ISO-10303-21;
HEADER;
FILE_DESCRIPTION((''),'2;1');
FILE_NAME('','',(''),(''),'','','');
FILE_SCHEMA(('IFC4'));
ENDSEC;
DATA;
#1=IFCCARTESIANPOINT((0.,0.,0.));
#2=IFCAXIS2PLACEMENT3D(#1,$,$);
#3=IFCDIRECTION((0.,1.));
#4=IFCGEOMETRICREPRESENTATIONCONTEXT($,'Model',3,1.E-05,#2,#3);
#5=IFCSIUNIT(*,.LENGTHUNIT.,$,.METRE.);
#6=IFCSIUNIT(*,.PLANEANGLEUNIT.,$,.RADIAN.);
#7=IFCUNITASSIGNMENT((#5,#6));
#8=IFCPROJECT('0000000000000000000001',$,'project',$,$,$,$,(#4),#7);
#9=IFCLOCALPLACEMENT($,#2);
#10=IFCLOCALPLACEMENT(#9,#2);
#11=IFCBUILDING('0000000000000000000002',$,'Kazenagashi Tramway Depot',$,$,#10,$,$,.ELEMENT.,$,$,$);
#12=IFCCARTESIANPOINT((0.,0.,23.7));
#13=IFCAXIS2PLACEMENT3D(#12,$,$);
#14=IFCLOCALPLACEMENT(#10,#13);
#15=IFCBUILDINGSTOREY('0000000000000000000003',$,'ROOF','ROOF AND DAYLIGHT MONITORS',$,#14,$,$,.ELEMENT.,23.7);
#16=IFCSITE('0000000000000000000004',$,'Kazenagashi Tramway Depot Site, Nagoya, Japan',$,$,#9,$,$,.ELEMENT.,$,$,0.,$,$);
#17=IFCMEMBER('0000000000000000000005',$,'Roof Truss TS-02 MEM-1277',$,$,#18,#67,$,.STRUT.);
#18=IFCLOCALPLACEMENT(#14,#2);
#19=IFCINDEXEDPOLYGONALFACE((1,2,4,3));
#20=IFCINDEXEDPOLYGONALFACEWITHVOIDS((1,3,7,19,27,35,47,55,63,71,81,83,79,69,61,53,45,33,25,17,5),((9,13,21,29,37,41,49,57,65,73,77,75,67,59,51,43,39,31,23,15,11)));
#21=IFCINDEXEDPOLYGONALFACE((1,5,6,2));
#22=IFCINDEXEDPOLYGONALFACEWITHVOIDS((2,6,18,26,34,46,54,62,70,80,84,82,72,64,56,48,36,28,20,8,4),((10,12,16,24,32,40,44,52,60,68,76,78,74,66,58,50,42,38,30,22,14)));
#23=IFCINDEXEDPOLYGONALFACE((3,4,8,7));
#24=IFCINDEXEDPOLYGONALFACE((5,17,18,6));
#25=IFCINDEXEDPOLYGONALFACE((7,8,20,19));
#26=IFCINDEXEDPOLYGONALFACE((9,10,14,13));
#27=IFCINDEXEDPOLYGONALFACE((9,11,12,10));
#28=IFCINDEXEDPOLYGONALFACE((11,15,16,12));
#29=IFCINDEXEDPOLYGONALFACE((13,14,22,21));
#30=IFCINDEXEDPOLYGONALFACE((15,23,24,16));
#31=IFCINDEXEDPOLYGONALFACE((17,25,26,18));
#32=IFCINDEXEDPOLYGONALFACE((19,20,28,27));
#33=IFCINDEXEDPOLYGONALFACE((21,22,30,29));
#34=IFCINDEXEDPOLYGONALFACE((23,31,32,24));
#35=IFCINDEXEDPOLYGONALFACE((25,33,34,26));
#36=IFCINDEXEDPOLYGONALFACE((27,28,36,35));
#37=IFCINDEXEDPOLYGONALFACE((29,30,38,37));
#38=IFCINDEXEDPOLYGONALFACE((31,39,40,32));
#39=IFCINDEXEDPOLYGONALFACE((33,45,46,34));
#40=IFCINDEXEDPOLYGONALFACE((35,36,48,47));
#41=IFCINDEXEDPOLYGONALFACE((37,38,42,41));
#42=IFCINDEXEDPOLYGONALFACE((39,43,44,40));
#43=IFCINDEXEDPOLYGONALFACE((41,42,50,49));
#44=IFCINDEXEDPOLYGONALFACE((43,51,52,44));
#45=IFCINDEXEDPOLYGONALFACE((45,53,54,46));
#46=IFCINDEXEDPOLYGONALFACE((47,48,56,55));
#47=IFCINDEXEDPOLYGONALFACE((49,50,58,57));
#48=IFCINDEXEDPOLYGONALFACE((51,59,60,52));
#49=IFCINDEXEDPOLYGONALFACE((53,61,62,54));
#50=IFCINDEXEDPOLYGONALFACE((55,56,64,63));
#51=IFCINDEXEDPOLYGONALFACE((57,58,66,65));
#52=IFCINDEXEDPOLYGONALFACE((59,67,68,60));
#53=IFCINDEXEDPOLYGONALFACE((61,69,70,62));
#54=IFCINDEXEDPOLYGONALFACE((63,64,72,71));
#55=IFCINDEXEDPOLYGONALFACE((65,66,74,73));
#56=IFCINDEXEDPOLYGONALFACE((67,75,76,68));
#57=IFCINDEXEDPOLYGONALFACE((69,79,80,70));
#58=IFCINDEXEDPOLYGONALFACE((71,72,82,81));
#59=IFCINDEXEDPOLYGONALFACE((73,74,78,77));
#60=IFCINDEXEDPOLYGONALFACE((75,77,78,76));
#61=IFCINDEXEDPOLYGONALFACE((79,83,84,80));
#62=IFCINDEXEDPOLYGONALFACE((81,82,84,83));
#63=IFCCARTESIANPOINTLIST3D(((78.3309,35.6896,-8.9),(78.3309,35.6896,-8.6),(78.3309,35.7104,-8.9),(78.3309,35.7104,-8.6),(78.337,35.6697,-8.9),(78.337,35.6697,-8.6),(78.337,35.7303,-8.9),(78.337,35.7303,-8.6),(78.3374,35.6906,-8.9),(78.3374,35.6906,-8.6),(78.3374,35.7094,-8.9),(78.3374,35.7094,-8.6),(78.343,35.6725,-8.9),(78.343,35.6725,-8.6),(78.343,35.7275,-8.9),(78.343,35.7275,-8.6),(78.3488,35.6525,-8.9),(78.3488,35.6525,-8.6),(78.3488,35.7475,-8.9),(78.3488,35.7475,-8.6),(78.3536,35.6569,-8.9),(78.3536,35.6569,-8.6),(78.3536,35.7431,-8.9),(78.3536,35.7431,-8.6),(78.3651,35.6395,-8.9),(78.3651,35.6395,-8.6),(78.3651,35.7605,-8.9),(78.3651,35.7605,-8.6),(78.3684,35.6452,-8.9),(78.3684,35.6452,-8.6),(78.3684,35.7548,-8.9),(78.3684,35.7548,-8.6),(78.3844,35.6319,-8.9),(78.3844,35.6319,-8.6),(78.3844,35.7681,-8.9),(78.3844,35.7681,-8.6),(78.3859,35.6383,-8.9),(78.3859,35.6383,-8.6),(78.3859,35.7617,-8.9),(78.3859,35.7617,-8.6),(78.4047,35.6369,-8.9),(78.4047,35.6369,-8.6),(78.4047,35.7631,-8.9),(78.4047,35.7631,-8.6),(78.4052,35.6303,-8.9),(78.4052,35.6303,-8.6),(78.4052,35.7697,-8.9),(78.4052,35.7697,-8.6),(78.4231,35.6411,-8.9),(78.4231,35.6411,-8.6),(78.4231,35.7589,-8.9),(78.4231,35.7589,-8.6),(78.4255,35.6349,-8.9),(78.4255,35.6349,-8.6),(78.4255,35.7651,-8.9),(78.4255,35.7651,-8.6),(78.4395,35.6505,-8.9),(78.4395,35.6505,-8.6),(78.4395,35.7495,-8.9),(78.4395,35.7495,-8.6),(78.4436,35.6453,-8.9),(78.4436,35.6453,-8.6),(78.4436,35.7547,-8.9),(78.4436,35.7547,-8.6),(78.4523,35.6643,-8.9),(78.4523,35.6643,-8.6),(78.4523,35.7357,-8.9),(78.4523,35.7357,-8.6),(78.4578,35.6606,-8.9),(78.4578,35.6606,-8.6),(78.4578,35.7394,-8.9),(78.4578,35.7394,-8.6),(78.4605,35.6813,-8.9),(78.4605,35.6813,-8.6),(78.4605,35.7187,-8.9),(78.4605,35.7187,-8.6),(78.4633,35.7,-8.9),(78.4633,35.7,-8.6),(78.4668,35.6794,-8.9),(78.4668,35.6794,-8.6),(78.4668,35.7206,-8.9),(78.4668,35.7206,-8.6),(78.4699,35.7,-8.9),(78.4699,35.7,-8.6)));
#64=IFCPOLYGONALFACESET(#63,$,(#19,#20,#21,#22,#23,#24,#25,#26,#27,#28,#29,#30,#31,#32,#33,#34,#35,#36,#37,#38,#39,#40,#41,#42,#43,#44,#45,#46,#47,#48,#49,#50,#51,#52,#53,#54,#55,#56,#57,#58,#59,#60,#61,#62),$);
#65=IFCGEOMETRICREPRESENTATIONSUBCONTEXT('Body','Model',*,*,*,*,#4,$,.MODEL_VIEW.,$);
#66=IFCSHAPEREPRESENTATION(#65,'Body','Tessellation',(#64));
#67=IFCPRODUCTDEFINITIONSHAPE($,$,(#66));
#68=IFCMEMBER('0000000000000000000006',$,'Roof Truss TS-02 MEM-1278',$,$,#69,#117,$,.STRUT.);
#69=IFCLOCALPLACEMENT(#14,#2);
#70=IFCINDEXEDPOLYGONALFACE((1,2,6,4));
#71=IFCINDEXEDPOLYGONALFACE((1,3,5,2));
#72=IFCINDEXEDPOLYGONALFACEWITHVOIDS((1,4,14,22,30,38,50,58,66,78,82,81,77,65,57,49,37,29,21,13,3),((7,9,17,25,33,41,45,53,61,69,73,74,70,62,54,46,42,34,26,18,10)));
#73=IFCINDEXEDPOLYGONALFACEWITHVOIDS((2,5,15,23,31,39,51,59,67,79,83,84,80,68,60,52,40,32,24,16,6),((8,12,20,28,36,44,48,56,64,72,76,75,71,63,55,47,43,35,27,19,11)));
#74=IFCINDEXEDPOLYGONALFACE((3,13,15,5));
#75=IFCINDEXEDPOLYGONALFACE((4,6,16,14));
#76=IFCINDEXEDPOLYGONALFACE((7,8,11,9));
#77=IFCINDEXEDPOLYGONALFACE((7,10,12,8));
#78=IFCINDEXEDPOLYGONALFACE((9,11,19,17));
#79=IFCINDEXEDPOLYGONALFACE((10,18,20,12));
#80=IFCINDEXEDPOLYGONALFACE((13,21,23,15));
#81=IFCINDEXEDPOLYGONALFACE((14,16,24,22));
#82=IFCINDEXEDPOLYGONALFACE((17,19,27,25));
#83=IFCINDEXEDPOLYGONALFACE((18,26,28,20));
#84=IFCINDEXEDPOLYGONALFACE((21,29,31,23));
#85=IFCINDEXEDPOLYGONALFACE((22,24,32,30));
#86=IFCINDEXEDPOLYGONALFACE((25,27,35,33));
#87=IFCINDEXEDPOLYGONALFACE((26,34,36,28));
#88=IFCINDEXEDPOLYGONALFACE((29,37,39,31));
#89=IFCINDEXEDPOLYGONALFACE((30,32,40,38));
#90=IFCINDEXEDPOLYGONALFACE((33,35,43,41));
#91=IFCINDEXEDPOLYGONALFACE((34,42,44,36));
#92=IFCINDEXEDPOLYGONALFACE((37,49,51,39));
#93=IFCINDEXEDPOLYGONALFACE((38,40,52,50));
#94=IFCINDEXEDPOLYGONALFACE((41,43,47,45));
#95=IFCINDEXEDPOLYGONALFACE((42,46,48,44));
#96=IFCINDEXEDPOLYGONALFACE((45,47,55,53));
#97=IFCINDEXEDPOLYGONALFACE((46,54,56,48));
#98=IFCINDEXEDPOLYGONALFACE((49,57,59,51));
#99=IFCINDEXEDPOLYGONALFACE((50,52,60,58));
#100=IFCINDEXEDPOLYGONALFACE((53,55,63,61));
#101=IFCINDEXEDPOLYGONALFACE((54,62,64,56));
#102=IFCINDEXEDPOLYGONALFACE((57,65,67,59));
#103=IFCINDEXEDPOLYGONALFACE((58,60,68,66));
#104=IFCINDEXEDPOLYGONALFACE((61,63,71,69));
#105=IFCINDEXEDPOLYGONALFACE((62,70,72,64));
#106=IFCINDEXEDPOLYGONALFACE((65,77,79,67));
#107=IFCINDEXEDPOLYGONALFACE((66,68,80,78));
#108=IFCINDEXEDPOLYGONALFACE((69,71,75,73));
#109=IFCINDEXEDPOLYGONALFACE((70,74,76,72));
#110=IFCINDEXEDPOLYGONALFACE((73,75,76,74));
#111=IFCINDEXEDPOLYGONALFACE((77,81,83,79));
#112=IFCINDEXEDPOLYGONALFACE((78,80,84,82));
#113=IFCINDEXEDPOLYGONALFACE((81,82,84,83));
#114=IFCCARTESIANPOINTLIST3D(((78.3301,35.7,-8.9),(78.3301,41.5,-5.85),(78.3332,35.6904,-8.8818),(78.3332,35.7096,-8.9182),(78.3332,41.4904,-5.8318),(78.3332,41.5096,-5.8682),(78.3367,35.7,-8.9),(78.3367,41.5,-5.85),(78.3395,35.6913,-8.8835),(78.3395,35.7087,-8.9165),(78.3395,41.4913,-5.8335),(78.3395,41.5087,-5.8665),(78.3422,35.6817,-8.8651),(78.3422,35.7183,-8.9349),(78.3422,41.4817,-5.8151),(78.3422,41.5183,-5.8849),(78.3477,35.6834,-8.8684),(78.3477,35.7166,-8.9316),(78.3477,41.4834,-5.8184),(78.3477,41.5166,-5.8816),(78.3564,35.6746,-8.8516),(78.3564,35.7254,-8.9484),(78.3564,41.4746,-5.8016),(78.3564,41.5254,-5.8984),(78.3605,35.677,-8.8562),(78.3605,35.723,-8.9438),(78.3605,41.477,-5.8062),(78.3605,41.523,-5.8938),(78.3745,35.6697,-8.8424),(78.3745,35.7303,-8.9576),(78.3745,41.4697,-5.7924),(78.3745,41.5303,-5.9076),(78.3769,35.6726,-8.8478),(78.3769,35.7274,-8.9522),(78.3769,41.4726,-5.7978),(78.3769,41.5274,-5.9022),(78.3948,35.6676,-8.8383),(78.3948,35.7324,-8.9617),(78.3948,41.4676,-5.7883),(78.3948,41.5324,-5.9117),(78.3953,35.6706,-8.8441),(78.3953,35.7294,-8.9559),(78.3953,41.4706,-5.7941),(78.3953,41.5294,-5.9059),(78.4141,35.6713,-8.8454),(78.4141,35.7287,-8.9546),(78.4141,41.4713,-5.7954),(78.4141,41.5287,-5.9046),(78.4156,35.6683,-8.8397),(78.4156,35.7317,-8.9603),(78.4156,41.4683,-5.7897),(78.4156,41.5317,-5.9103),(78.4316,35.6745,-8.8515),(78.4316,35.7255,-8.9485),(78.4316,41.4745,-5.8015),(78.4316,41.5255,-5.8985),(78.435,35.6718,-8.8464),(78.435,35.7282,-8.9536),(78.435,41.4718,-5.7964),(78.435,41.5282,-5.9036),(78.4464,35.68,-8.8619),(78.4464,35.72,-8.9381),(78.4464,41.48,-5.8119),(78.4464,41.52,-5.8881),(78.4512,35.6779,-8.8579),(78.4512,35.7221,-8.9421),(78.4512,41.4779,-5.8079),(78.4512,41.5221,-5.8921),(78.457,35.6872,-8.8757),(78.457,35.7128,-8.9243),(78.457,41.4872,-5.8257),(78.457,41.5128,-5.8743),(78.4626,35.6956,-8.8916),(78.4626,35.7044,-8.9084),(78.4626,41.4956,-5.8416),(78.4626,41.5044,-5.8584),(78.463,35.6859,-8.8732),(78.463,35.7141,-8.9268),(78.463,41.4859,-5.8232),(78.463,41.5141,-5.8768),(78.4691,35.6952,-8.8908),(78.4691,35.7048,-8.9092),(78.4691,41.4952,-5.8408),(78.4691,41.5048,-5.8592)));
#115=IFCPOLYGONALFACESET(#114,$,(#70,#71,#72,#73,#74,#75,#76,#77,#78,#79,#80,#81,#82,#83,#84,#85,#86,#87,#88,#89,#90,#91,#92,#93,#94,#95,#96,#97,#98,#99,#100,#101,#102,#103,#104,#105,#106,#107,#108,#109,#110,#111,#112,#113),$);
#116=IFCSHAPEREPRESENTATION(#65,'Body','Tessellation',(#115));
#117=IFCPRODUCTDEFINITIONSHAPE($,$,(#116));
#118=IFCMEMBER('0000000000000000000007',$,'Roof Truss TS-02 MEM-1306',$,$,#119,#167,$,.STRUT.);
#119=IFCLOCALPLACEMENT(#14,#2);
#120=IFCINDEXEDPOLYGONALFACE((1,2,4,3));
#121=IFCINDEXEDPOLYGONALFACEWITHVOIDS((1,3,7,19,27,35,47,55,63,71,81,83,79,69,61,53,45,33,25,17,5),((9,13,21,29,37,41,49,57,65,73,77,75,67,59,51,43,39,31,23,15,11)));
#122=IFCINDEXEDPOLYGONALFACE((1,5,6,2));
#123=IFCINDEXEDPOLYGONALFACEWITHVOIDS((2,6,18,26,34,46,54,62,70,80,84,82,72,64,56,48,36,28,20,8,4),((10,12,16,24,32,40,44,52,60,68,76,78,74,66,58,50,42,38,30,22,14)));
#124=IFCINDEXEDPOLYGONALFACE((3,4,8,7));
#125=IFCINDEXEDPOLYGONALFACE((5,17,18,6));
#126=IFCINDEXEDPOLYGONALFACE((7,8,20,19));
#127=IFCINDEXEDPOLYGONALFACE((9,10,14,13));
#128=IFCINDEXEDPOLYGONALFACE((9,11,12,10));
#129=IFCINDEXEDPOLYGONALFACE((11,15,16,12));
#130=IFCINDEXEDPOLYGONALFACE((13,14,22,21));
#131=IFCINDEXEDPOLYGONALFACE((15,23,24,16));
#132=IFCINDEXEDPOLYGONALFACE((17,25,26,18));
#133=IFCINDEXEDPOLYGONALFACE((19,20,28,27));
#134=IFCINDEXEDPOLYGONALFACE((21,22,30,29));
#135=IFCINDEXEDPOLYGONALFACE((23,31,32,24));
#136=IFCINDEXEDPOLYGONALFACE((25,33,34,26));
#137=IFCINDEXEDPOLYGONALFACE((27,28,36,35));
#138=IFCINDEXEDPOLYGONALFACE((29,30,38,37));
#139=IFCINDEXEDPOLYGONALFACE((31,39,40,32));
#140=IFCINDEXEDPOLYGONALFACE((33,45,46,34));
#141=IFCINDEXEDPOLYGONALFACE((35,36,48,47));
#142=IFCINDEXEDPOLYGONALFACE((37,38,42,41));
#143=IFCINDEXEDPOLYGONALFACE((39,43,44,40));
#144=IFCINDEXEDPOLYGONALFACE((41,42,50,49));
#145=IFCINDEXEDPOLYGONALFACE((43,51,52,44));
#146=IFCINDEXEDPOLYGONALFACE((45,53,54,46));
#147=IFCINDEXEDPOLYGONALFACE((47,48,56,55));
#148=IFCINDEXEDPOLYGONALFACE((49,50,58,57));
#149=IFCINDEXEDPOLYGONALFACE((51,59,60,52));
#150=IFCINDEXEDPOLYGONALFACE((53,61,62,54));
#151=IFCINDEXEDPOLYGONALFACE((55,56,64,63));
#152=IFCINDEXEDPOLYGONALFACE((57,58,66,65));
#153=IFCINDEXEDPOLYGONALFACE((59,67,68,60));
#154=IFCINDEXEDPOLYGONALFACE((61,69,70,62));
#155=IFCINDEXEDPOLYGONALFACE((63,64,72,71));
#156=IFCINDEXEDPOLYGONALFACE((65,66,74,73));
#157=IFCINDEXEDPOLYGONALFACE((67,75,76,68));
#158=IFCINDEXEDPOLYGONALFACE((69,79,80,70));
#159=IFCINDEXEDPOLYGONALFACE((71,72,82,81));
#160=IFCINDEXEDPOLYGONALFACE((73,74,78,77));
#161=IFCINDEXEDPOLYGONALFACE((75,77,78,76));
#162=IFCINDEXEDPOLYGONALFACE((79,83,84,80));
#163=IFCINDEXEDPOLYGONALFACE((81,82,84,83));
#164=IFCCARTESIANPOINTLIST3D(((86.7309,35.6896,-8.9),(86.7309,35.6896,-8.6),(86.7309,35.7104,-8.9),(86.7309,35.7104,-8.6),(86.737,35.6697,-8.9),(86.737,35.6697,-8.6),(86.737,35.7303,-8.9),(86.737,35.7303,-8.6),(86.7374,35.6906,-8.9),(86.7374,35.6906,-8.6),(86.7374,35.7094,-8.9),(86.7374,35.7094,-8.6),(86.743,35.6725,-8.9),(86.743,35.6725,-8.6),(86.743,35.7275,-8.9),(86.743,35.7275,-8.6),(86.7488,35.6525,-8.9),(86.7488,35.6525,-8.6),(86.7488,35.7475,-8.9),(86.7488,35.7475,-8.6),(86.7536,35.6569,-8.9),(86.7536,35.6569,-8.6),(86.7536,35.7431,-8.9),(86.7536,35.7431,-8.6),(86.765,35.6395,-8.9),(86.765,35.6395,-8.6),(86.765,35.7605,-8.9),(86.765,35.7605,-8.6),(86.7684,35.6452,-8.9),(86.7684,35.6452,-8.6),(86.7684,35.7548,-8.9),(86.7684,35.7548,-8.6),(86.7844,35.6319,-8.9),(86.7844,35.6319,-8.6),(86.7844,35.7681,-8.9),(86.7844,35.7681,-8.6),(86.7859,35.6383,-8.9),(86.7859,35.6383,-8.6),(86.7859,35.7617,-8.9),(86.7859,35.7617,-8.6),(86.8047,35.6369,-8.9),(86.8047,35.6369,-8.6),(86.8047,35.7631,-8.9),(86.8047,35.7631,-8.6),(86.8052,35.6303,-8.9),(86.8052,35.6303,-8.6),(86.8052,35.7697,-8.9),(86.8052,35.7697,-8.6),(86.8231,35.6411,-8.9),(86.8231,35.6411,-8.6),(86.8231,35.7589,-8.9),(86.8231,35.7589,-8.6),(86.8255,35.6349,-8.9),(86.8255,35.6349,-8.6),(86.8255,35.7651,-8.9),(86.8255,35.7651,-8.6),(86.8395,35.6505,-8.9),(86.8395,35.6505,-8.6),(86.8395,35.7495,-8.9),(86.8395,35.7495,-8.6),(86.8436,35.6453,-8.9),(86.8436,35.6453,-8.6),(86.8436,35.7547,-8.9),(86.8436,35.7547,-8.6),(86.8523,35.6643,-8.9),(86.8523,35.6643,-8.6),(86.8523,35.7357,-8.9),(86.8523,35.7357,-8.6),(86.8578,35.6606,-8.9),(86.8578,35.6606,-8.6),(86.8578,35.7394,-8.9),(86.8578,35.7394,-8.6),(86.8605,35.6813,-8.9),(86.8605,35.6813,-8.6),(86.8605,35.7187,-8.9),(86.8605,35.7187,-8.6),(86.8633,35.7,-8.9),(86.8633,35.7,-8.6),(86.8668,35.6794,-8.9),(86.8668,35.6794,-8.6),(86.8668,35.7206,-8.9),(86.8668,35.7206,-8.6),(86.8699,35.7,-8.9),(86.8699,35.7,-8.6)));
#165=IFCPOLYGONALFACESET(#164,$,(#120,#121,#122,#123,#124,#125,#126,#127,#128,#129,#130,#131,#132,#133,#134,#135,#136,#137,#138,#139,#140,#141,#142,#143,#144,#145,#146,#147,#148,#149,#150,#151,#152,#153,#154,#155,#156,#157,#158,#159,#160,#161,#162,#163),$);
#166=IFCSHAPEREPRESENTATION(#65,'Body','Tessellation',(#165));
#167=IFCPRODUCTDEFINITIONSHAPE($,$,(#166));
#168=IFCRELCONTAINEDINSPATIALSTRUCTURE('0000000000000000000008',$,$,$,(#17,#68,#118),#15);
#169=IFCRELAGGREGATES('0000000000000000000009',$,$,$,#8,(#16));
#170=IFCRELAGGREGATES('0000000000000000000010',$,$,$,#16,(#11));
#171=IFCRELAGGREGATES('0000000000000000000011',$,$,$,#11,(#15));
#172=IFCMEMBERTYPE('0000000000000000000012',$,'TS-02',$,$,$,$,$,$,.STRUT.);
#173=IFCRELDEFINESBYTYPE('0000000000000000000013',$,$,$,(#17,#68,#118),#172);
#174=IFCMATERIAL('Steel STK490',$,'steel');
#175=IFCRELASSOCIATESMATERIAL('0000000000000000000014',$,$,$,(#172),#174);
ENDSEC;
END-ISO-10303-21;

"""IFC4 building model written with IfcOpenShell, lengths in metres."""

from ifc_helpers import new_model, si_unit, direction, frame, origin, origin_2d, place, context, subcontext, project, spatial, hollow_circle, extrude, material, material_profile, profile_set, type_object, element, save


model = new_model("IFC4")

# Units and contexts
model_context = context("Model", 3, precision=1e-05, world=origin(), true_north=direction((0.0, 1.0)))
body_context = subcontext(model_context, "Body", "Model", "MODEL_VIEW")
ifc_project = project(units=[si_unit("LENGTHUNIT", "METRE"), si_unit("PLANEANGLEUNIT", "RADIAN")], contexts=[model_context])

# Site, building, storey
site_placement = place(None, origin())
site = spatial("IfcSite", under=ifc_project, at=site_placement, Name="Kazenagashi Tramway Depot Site, Nagoya, Japan", CompositionType="ELEMENT", RefElevation=0.0)
building_placement = place(site_placement, origin())
building = spatial("IfcBuilding", under=site, at=building_placement, Name="Kazenagashi Tramway Depot", CompositionType="ELEMENT")
storey_placement = place(building_placement, frame((0.0, 0.0, 23.7)))
storey = spatial("IfcBuildingStorey", under=building, at=storey_placement, Name="ROOF", Description="ROOF AND DAYLIGHT MONITORS", CompositionType="ELEMENT", Elevation=23.7)

# Members
ifc_material_1 = material(Name="Steel STK490", Category="steel")
ifc_material_profile_1 = material_profile(ifc_material_1, hollow_circle(Radius=0.0699, WallThickness=0.0066, at=origin_2d()), Name="CHS-139.8x6.6")
ifc_profile_set_1 = profile_set([ifc_material_profile_1], Name="Steel STK490")
member_type_1 = type_object("IfcMemberType", Name="TS-02", PredefinedType="STRUT", material=ifc_profile_set_1)
member_1_placement = place(storey_placement, frame((78.4, 35.7, -8.9), z_axis=(0.0, 0.0, 1.0), x_axis=(1.0, 0.0, 0.0)))
element("IfcMember", 1, at=member_1_placement, inside=storey, type_object=member_type_1, Name="Roof Truss TS-02 MEM-1277", PredefinedType="STRUT", context=body_context, shape_type="SweptSolid", body=[
    extrude(hollow_circle(Radius=0.0699, WallThickness=0.0066, at=origin_2d()), origin(), (0.0, 0.0, 1.0), 0.3),
])
member_2_placement = place(storey_placement, frame((78.4, 35.7, -8.9), z_axis=(0.0, 0.885084, 0.465432), x_axis=(-1.0, 0.0, 0.0)))
element("IfcMember", 2, at=member_2_placement, inside=storey, type_object=member_type_1, Name="Roof Truss TS-02 MEM-1278", PredefinedType="STRUT", context=body_context, shape_type="SweptSolid", body=[
    extrude(hollow_circle(Radius=0.0699, WallThickness=0.0066, at=origin_2d()), origin(), (0.0, 0.0, 1.0), 6.5531),
])
member_3_placement = place(storey_placement, frame((86.8, 35.7, -8.9), z_axis=(0.0, 0.0, 1.0), x_axis=(1.0, 0.0, 0.0)))
element("IfcMember", 3, at=member_3_placement, inside=storey, type_object=member_type_1, Name="Roof Truss TS-02 MEM-1306", PredefinedType="STRUT", context=body_context, shape_type="SweptSolid", body=[
    extrude(hollow_circle(Radius=0.0699, WallThickness=0.0066, at=origin_2d()), origin(), (0.0, 0.0, 1.0), 0.3),
])

save(model, "model.ifc")
